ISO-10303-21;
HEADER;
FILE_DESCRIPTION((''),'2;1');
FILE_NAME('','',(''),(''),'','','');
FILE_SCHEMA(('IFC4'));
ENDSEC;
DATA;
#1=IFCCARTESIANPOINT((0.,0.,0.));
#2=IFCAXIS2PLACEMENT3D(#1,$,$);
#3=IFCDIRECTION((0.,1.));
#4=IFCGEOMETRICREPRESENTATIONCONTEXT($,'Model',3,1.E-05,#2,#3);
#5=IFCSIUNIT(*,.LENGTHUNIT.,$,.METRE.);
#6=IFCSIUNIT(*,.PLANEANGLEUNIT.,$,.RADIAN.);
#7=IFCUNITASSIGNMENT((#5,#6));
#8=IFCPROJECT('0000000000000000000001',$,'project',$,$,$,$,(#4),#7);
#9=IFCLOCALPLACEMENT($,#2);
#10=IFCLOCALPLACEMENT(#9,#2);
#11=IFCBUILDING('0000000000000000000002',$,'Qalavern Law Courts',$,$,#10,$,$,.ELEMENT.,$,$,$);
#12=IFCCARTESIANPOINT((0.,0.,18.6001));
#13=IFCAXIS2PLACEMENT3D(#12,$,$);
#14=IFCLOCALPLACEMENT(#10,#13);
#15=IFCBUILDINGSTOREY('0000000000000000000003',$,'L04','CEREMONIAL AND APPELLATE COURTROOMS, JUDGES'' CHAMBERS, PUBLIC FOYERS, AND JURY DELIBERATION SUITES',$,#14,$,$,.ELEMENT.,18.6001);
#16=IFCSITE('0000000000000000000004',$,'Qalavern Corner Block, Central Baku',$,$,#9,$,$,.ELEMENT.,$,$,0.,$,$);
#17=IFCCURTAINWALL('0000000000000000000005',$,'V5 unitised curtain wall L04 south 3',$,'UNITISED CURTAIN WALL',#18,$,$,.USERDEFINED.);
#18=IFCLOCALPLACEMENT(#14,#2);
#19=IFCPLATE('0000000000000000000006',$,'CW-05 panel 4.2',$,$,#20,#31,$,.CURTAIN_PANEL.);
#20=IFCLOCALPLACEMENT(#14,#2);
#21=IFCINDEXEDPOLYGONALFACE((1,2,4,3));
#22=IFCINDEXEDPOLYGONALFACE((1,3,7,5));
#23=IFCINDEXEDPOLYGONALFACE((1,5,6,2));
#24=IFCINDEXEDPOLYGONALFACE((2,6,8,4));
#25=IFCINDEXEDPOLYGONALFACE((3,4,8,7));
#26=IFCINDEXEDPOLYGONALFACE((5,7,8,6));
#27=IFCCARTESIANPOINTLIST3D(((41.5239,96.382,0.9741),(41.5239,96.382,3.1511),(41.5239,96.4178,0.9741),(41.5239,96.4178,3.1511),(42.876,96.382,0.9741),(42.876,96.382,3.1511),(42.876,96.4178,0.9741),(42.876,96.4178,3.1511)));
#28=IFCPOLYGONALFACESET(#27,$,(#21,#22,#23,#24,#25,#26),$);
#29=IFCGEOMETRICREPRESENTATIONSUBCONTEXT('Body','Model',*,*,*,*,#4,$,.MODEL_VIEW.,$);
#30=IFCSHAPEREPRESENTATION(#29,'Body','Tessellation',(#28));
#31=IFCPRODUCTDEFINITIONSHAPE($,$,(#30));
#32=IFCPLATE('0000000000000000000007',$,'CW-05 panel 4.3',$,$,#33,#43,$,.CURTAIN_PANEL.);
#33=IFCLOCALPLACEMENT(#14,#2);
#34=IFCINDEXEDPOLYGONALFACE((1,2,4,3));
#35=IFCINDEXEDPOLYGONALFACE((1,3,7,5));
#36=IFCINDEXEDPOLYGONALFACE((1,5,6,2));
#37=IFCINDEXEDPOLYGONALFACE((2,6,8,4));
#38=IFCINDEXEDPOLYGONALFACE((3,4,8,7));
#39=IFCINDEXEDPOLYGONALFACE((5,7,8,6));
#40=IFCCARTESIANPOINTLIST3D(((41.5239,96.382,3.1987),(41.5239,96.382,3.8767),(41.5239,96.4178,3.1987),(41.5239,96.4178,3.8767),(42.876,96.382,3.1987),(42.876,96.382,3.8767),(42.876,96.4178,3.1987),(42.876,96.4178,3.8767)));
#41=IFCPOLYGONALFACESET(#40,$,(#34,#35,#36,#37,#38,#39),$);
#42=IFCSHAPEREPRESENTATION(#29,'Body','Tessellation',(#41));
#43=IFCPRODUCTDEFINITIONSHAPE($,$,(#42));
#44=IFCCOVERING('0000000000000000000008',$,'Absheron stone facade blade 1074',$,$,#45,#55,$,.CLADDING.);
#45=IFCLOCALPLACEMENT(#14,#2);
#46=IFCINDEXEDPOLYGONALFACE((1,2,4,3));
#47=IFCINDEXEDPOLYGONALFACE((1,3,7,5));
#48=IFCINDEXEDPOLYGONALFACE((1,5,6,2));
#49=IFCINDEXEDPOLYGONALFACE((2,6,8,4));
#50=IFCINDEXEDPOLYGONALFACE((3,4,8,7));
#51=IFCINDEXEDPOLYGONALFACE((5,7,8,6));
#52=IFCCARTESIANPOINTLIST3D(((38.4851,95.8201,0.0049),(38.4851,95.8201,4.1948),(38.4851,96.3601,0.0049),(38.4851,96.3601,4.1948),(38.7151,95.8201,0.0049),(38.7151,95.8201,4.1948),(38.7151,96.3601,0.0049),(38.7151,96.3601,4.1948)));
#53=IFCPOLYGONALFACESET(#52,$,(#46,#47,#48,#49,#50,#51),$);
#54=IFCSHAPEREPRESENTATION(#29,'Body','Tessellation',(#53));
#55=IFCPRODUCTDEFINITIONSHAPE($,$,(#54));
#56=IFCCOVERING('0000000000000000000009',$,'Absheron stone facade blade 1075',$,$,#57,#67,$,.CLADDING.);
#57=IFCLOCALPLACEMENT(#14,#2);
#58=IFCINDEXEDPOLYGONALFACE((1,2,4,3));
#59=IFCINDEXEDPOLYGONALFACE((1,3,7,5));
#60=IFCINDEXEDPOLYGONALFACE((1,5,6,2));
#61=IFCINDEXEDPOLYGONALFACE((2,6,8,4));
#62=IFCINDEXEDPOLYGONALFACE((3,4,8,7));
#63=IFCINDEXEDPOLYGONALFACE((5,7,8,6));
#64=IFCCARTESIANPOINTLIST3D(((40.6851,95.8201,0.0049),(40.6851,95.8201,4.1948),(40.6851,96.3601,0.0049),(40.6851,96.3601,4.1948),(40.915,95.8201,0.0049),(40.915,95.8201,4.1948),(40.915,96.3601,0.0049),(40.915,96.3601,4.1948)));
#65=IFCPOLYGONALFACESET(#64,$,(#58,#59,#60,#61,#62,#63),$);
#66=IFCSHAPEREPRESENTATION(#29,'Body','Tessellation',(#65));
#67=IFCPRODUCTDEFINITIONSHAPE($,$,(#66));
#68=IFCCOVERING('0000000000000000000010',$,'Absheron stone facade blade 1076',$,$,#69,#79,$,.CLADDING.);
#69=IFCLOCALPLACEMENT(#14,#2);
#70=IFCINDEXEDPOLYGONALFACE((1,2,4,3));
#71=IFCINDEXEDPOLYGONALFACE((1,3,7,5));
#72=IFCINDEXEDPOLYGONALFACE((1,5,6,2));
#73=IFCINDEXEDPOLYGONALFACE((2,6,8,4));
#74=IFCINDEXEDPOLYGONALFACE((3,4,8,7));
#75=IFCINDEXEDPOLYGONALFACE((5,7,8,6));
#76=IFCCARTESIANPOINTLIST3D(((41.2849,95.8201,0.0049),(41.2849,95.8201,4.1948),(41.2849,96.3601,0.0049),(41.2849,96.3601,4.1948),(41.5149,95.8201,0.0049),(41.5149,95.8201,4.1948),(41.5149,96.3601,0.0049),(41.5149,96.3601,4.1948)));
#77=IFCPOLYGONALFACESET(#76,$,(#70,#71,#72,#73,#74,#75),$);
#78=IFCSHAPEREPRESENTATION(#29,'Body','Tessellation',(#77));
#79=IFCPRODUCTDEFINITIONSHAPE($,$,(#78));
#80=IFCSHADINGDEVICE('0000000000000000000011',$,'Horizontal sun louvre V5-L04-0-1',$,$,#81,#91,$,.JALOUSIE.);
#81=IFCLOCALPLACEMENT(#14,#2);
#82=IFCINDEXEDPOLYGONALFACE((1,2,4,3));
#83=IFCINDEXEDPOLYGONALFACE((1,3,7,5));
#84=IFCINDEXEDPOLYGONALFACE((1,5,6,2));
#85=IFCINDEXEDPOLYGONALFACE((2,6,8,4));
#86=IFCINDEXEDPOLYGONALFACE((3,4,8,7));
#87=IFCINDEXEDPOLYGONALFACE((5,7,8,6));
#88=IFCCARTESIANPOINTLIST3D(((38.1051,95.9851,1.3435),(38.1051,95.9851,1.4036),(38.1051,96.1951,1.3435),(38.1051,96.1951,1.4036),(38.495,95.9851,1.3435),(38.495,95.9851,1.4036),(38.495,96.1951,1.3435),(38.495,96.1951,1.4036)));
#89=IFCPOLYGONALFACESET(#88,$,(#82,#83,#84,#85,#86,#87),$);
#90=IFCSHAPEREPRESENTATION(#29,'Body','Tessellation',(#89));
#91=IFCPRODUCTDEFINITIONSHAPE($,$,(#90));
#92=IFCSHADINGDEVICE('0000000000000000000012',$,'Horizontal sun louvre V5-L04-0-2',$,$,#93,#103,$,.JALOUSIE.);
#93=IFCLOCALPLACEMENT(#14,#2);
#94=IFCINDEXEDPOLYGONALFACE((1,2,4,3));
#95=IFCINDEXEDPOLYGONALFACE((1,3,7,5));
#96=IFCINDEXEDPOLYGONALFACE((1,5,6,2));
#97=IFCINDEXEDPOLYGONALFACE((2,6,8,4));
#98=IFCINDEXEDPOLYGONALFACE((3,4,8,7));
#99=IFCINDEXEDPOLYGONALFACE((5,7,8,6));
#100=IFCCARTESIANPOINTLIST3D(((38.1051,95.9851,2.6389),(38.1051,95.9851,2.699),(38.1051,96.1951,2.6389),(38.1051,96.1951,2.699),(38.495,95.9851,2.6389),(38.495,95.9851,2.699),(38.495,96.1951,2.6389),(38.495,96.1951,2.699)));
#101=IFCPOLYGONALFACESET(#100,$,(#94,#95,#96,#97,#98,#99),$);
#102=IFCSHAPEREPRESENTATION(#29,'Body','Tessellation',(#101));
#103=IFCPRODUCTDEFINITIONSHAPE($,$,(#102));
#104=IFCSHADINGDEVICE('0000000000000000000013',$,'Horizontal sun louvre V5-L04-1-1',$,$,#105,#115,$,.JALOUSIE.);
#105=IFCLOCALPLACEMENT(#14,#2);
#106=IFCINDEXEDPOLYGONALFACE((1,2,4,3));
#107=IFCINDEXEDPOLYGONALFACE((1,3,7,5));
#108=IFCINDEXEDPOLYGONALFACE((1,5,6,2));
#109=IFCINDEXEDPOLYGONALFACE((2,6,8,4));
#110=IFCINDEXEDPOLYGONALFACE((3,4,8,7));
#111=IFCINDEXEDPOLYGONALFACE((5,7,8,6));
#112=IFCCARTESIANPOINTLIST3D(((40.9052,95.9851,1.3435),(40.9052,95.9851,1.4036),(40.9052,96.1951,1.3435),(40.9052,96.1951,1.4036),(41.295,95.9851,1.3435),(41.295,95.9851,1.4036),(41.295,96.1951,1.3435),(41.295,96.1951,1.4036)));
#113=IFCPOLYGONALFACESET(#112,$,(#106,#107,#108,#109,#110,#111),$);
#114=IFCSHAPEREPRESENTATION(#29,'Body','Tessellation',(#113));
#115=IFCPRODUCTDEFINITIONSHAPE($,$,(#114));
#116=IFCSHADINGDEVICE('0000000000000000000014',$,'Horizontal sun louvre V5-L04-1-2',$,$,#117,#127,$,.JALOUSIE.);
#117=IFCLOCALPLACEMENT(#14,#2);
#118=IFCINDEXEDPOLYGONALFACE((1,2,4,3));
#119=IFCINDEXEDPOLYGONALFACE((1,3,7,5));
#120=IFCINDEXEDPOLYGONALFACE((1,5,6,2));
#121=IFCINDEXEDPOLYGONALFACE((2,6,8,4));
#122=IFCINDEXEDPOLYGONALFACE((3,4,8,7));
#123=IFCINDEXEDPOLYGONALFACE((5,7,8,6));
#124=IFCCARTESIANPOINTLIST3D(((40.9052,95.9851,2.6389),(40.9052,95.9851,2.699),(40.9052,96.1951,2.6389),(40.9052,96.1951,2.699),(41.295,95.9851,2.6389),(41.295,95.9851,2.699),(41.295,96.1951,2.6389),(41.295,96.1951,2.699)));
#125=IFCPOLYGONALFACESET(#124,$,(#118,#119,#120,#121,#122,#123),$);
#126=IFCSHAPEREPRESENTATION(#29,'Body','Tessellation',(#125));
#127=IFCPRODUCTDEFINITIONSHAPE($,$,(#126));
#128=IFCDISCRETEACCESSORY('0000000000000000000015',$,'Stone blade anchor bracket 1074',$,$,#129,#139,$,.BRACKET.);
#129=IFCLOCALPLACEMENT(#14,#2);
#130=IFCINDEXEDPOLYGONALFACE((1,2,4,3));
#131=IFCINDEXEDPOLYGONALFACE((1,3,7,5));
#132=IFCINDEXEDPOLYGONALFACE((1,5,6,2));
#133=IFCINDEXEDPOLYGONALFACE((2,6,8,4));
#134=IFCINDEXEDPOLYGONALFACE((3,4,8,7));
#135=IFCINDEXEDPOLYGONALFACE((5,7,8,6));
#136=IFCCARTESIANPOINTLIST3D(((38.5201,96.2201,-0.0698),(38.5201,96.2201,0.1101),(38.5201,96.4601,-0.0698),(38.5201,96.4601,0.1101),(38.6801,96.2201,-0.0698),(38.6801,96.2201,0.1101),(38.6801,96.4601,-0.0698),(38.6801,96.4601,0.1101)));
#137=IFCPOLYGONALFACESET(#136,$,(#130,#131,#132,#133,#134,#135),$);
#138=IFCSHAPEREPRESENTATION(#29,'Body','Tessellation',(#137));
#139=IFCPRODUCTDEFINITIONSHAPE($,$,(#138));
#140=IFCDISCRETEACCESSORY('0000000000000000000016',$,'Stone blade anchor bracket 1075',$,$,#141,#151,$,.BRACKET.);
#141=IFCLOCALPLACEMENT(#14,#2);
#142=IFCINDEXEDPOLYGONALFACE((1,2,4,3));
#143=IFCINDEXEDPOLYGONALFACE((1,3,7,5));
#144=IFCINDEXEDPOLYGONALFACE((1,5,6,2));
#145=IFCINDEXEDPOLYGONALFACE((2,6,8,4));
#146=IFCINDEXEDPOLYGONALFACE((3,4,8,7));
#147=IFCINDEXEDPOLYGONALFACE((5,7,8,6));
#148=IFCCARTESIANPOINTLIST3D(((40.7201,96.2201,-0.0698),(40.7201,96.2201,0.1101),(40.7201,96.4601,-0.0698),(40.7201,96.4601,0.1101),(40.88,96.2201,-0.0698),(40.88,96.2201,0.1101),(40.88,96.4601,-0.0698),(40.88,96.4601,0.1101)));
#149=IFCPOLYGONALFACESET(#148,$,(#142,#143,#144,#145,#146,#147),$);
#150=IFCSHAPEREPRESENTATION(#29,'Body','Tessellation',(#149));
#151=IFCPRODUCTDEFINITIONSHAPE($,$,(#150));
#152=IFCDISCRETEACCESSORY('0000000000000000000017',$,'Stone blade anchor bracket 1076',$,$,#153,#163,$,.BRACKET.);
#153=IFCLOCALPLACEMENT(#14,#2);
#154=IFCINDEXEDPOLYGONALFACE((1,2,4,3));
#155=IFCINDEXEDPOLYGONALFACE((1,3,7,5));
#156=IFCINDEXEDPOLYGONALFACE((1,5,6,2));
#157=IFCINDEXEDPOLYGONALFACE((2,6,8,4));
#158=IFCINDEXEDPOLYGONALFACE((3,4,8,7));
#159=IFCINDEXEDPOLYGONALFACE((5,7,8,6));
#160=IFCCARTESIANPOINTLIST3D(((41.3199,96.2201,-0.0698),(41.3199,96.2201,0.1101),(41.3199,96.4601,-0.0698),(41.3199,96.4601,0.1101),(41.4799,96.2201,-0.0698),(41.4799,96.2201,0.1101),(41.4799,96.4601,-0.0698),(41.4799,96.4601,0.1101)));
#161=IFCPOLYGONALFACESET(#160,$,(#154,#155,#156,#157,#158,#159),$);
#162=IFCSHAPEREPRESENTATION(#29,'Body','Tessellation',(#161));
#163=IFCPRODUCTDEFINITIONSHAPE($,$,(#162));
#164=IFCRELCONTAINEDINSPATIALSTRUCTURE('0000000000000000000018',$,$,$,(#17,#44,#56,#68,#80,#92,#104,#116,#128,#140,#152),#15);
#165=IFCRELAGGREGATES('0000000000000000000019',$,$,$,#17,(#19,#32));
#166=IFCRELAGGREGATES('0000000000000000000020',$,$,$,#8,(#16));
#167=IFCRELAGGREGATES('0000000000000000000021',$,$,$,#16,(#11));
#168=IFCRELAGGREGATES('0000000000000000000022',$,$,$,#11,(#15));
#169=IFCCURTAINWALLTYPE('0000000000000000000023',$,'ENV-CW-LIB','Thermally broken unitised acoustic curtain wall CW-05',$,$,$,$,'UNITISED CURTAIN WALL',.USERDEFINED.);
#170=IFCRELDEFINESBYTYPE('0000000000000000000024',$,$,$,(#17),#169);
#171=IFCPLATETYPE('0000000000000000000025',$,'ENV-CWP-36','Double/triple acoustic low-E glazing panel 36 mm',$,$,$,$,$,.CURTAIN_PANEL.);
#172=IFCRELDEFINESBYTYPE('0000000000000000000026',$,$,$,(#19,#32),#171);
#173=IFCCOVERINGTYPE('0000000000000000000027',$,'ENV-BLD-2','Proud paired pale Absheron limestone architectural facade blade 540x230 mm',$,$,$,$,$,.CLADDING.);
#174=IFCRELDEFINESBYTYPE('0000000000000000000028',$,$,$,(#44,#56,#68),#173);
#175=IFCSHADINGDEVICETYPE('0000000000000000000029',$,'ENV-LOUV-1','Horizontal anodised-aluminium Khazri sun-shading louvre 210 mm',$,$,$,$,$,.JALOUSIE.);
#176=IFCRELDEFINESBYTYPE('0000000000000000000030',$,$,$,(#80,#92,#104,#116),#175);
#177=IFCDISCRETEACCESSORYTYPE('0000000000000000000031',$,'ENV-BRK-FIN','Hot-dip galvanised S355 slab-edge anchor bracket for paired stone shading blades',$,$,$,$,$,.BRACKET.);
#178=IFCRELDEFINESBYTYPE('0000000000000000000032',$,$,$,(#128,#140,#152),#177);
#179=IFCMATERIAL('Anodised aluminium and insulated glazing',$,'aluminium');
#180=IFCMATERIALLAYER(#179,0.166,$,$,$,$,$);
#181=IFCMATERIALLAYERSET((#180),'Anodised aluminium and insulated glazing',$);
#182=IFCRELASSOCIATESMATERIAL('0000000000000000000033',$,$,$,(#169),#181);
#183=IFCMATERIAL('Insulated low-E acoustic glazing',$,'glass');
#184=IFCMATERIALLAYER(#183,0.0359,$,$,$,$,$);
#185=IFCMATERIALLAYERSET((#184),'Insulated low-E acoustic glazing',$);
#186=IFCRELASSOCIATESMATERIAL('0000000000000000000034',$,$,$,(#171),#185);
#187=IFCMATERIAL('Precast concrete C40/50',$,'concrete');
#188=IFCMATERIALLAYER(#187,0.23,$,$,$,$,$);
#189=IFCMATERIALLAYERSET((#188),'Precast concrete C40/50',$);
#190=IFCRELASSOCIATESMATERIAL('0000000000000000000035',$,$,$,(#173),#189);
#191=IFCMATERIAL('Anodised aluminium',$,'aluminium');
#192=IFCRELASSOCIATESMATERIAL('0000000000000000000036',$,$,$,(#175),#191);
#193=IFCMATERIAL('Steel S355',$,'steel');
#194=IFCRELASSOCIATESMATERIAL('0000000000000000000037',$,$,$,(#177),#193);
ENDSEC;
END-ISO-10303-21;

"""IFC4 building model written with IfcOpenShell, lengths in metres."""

from ifc_helpers import new_model, si_unit, direction, frame, origin, origin_2d, place, context, subcontext, project, spatial, rectangle, extrude, material, layer, layer_set, type_object, element, aggregate, save


model = new_model("IFC4")

# Units and contexts
model_context = context("Model", 3, precision=1e-05, world=origin(), true_north=direction((0.0, 1.0)))
body_context = subcontext(model_context, "Body", "Model", "MODEL_VIEW")
ifc_project = project(units=[si_unit("LENGTHUNIT", "METRE"), si_unit("PLANEANGLEUNIT", "RADIAN")], contexts=[model_context])

# Site, building, storey
site_placement = place(None, origin())
site = spatial("IfcSite", under=ifc_project, at=site_placement, Name="Qalavern Corner Block, Central Baku", CompositionType="ELEMENT", RefElevation=0.0)
building_placement = place(site_placement, origin())
building = spatial("IfcBuilding", under=site, at=building_placement, Name="Qalavern Law Courts", CompositionType="ELEMENT")
storey_placement = place(building_placement, frame((0.0, 0.0, 18.6001)))
storey = spatial("IfcBuildingStorey", under=building, at=storey_placement, Name="L04", Description="CEREMONIAL AND APPELLATE COURTROOMS, JUDGES' CHAMBERS, PUBLIC FOYERS, AND JURY DELIBERATION SUITES", CompositionType="ELEMENT", Elevation=18.6001)

# Curtain wall, plates
ifc_material_1 = material(Name="Anodised aluminium and insulated glazing", Category="aluminium")
ifc_layer_1 = layer(ifc_material_1, 0.166)
ifc_layer_set_1 = layer_set([ifc_layer_1], Name="Anodised aluminium and insulated glazing")
curtain_wall_type = type_object("IfcCurtainWallType", Name="ENV-CW-LIB", Description="Thermally broken unitised acoustic curtain wall CW-05", ElementType="UNITISED CURTAIN WALL", PredefinedType="USERDEFINED", material=ifc_layer_set_1)
curtain_wall_placement = place(storey_placement, origin())
curtain_wall = element("IfcCurtainWall", 1, at=curtain_wall_placement, inside=storey, type_object=curtain_wall_type, Name="V5 unitised curtain wall L04 south 3", ObjectType="UNITISED CURTAIN WALL", PredefinedType="USERDEFINED")
ifc_material_2 = material(Name="Anodised aluminium", Category="aluminium")
ifc_material_3 = material(Name="Insulated low-E acoustic glazing", Category="glass")
ifc_layer_2 = layer(ifc_material_3, 0.0359)
ifc_layer_set_2 = layer_set([ifc_layer_2], Name="Insulated low-E acoustic glazing")
plate_type = type_object("IfcPlateType", Name="ENV-CWP-36", Description="Double/triple acoustic low-E glazing panel 36 mm", PredefinedType="CURTAIN_PANEL", material=ifc_layer_set_2)
plate_1_placement = place(storey_placement, frame((42.2, 96.3999, 0.9741), z_axis=(0.0, 0.0, 1.0), x_axis=(1.0, 0.0, 0.0)))
plate_1 = element("IfcPlate", 2, at=plate_1_placement, type_object=plate_type, Name="CW-05 panel 4.2", PredefinedType="CURTAIN_PANEL", context=body_context, shape_type="SweptSolid", body=[
    extrude(rectangle(XDim=1.3521, YDim=0.0359, at=origin_2d()), origin(), (0.0, 0.0, 1.0), 2.177),
])
plate_2_placement = place(storey_placement, frame((42.2, 96.3999, 3.1987), z_axis=(0.0, 0.0, 1.0), x_axis=(1.0, 0.0, 0.0)))
plate_2 = element("IfcPlate", 3, at=plate_2_placement, type_object=plate_type, Name="CW-05 panel 4.3", PredefinedType="CURTAIN_PANEL", context=body_context, shape_type="SweptSolid", body=[
    extrude(rectangle(XDim=1.3521, YDim=0.0359, at=origin_2d()), origin(), (0.0, 0.0, 1.0), 0.678),
])
aggregate(curtain_wall, [plate_1, plate_2])

# Coverings
ifc_material_4 = material(Name="Precast concrete C40/50", Category="concrete")
ifc_layer_3 = layer(ifc_material_4, 0.23)
ifc_layer_set_3 = layer_set([ifc_layer_3], Name="Precast concrete C40/50")
covering_type = type_object("IfcCoveringType", Name="ENV-BLD-2", Description="Proud paired pale Absheron limestone architectural facade blade 540x230 mm", PredefinedType="CLADDING", material=ifc_layer_set_3)
for number, where, z_axis, x_axis, name in (
    (4, (38.6001, 96.0901, 0.0049), (0.0, 0.0, 1.0), (0.0, -1.0, 0.0), "Absheron stone facade blade 1074"),
    (5, (40.8, 96.0901, 0.0049), (0.0, 0.0, 1.0), (0.0, -1.0, 0.0), "Absheron stone facade blade 1075"),
    (6, (41.3999, 96.0901, 0.0049), (0.0, 0.0, 1.0), (0.0, -1.0, 0.0), "Absheron stone facade blade 1076"),
):
    element("IfcCovering", number, at=place(storey_placement, frame(where, z_axis=z_axis, x_axis=x_axis)), inside=storey, type_object=covering_type, Name=name, PredefinedType="CLADDING", context=body_context, shape_type="SweptSolid", body=[
        extrude(rectangle(XDim=0.54, YDim=0.23, at=origin_2d()), origin(), (0.0, 0.0, 1.0), 4.1899),
    ])

# Shading devices
shading_device_type = type_object("IfcShadingDeviceType", Name="ENV-LOUV-1", Description="Horizontal anodised-aluminium Khazri sun-shading louvre 210 mm", PredefinedType="JALOUSIE", material=ifc_material_2)
for number, where, z_axis, x_axis, name in (
    (7, (38.3, 96.0901, 1.3435), (0.0, 0.0, 1.0), (1.0, 0.0, 0.0), "Horizontal sun louvre V5-L04-0-1"),
    (8, (38.3, 96.0901, 2.6389), (0.0, 0.0, 1.0), (1.0, 0.0, 0.0), "Horizontal sun louvre V5-L04-0-2"),
    (9, (41.1001, 96.0901, 1.3435), (0.0, 0.0, 1.0), (1.0, 0.0, 0.0), "Horizontal sun louvre V5-L04-1-1"),
    (10, (41.1001, 96.0901, 2.6389), (0.0, 0.0, 1.0), (1.0, 0.0, 0.0), "Horizontal sun louvre V5-L04-1-2"),
):
    element("IfcShadingDevice", number, at=place(storey_placement, frame(where, z_axis=z_axis, x_axis=x_axis)), inside=storey, type_object=shading_device_type, Name=name, PredefinedType="JALOUSIE", context=body_context, shape_type="SweptSolid", body=[
        extrude(rectangle(XDim=0.3899, YDim=0.21, at=origin_2d()), origin(), (0.0, 0.0, 1.0), 0.0601),
    ])

# Discrete accessories
ifc_material_5 = material(Name="Steel S355", Category="steel")
discrete_accessory_type = type_object("IfcDiscreteAccessoryType", Name="ENV-BRK-FIN", Description="Hot-dip galvanised S355 slab-edge anchor bracket for paired stone shading blades", PredefinedType="BRACKET", material=ifc_material_5)
for number, where, z_axis, x_axis, name in (
    (11, (38.6001, 96.3401, -0.0698), (0.0, 0.0, 1.0), (0.0, -1.0, 0.0), "Stone blade anchor bracket 1074"),
    (12, (40.8, 96.3401, -0.0698), (0.0, 0.0, 1.0), (0.0, -1.0, 0.0), "Stone blade anchor bracket 1075"),
    (13, (41.3999, 96.3401, -0.0698), (0.0, 0.0, 1.0), (0.0, -1.0, 0.0), "Stone blade anchor bracket 1076"),
):
    element("IfcDiscreteAccessory", number, at=place(storey_placement, frame(where, z_axis=z_axis, x_axis=x_axis)), inside=storey, type_object=discrete_accessory_type, Name=name, PredefinedType="BRACKET", context=body_context, shape_type="SweptSolid", body=[
        extrude(rectangle(XDim=0.24, YDim=0.1599, at=origin_2d()), origin(), (0.0, 0.0, 1.0), 0.1799),
    ])

save(model, "model.ifc")
